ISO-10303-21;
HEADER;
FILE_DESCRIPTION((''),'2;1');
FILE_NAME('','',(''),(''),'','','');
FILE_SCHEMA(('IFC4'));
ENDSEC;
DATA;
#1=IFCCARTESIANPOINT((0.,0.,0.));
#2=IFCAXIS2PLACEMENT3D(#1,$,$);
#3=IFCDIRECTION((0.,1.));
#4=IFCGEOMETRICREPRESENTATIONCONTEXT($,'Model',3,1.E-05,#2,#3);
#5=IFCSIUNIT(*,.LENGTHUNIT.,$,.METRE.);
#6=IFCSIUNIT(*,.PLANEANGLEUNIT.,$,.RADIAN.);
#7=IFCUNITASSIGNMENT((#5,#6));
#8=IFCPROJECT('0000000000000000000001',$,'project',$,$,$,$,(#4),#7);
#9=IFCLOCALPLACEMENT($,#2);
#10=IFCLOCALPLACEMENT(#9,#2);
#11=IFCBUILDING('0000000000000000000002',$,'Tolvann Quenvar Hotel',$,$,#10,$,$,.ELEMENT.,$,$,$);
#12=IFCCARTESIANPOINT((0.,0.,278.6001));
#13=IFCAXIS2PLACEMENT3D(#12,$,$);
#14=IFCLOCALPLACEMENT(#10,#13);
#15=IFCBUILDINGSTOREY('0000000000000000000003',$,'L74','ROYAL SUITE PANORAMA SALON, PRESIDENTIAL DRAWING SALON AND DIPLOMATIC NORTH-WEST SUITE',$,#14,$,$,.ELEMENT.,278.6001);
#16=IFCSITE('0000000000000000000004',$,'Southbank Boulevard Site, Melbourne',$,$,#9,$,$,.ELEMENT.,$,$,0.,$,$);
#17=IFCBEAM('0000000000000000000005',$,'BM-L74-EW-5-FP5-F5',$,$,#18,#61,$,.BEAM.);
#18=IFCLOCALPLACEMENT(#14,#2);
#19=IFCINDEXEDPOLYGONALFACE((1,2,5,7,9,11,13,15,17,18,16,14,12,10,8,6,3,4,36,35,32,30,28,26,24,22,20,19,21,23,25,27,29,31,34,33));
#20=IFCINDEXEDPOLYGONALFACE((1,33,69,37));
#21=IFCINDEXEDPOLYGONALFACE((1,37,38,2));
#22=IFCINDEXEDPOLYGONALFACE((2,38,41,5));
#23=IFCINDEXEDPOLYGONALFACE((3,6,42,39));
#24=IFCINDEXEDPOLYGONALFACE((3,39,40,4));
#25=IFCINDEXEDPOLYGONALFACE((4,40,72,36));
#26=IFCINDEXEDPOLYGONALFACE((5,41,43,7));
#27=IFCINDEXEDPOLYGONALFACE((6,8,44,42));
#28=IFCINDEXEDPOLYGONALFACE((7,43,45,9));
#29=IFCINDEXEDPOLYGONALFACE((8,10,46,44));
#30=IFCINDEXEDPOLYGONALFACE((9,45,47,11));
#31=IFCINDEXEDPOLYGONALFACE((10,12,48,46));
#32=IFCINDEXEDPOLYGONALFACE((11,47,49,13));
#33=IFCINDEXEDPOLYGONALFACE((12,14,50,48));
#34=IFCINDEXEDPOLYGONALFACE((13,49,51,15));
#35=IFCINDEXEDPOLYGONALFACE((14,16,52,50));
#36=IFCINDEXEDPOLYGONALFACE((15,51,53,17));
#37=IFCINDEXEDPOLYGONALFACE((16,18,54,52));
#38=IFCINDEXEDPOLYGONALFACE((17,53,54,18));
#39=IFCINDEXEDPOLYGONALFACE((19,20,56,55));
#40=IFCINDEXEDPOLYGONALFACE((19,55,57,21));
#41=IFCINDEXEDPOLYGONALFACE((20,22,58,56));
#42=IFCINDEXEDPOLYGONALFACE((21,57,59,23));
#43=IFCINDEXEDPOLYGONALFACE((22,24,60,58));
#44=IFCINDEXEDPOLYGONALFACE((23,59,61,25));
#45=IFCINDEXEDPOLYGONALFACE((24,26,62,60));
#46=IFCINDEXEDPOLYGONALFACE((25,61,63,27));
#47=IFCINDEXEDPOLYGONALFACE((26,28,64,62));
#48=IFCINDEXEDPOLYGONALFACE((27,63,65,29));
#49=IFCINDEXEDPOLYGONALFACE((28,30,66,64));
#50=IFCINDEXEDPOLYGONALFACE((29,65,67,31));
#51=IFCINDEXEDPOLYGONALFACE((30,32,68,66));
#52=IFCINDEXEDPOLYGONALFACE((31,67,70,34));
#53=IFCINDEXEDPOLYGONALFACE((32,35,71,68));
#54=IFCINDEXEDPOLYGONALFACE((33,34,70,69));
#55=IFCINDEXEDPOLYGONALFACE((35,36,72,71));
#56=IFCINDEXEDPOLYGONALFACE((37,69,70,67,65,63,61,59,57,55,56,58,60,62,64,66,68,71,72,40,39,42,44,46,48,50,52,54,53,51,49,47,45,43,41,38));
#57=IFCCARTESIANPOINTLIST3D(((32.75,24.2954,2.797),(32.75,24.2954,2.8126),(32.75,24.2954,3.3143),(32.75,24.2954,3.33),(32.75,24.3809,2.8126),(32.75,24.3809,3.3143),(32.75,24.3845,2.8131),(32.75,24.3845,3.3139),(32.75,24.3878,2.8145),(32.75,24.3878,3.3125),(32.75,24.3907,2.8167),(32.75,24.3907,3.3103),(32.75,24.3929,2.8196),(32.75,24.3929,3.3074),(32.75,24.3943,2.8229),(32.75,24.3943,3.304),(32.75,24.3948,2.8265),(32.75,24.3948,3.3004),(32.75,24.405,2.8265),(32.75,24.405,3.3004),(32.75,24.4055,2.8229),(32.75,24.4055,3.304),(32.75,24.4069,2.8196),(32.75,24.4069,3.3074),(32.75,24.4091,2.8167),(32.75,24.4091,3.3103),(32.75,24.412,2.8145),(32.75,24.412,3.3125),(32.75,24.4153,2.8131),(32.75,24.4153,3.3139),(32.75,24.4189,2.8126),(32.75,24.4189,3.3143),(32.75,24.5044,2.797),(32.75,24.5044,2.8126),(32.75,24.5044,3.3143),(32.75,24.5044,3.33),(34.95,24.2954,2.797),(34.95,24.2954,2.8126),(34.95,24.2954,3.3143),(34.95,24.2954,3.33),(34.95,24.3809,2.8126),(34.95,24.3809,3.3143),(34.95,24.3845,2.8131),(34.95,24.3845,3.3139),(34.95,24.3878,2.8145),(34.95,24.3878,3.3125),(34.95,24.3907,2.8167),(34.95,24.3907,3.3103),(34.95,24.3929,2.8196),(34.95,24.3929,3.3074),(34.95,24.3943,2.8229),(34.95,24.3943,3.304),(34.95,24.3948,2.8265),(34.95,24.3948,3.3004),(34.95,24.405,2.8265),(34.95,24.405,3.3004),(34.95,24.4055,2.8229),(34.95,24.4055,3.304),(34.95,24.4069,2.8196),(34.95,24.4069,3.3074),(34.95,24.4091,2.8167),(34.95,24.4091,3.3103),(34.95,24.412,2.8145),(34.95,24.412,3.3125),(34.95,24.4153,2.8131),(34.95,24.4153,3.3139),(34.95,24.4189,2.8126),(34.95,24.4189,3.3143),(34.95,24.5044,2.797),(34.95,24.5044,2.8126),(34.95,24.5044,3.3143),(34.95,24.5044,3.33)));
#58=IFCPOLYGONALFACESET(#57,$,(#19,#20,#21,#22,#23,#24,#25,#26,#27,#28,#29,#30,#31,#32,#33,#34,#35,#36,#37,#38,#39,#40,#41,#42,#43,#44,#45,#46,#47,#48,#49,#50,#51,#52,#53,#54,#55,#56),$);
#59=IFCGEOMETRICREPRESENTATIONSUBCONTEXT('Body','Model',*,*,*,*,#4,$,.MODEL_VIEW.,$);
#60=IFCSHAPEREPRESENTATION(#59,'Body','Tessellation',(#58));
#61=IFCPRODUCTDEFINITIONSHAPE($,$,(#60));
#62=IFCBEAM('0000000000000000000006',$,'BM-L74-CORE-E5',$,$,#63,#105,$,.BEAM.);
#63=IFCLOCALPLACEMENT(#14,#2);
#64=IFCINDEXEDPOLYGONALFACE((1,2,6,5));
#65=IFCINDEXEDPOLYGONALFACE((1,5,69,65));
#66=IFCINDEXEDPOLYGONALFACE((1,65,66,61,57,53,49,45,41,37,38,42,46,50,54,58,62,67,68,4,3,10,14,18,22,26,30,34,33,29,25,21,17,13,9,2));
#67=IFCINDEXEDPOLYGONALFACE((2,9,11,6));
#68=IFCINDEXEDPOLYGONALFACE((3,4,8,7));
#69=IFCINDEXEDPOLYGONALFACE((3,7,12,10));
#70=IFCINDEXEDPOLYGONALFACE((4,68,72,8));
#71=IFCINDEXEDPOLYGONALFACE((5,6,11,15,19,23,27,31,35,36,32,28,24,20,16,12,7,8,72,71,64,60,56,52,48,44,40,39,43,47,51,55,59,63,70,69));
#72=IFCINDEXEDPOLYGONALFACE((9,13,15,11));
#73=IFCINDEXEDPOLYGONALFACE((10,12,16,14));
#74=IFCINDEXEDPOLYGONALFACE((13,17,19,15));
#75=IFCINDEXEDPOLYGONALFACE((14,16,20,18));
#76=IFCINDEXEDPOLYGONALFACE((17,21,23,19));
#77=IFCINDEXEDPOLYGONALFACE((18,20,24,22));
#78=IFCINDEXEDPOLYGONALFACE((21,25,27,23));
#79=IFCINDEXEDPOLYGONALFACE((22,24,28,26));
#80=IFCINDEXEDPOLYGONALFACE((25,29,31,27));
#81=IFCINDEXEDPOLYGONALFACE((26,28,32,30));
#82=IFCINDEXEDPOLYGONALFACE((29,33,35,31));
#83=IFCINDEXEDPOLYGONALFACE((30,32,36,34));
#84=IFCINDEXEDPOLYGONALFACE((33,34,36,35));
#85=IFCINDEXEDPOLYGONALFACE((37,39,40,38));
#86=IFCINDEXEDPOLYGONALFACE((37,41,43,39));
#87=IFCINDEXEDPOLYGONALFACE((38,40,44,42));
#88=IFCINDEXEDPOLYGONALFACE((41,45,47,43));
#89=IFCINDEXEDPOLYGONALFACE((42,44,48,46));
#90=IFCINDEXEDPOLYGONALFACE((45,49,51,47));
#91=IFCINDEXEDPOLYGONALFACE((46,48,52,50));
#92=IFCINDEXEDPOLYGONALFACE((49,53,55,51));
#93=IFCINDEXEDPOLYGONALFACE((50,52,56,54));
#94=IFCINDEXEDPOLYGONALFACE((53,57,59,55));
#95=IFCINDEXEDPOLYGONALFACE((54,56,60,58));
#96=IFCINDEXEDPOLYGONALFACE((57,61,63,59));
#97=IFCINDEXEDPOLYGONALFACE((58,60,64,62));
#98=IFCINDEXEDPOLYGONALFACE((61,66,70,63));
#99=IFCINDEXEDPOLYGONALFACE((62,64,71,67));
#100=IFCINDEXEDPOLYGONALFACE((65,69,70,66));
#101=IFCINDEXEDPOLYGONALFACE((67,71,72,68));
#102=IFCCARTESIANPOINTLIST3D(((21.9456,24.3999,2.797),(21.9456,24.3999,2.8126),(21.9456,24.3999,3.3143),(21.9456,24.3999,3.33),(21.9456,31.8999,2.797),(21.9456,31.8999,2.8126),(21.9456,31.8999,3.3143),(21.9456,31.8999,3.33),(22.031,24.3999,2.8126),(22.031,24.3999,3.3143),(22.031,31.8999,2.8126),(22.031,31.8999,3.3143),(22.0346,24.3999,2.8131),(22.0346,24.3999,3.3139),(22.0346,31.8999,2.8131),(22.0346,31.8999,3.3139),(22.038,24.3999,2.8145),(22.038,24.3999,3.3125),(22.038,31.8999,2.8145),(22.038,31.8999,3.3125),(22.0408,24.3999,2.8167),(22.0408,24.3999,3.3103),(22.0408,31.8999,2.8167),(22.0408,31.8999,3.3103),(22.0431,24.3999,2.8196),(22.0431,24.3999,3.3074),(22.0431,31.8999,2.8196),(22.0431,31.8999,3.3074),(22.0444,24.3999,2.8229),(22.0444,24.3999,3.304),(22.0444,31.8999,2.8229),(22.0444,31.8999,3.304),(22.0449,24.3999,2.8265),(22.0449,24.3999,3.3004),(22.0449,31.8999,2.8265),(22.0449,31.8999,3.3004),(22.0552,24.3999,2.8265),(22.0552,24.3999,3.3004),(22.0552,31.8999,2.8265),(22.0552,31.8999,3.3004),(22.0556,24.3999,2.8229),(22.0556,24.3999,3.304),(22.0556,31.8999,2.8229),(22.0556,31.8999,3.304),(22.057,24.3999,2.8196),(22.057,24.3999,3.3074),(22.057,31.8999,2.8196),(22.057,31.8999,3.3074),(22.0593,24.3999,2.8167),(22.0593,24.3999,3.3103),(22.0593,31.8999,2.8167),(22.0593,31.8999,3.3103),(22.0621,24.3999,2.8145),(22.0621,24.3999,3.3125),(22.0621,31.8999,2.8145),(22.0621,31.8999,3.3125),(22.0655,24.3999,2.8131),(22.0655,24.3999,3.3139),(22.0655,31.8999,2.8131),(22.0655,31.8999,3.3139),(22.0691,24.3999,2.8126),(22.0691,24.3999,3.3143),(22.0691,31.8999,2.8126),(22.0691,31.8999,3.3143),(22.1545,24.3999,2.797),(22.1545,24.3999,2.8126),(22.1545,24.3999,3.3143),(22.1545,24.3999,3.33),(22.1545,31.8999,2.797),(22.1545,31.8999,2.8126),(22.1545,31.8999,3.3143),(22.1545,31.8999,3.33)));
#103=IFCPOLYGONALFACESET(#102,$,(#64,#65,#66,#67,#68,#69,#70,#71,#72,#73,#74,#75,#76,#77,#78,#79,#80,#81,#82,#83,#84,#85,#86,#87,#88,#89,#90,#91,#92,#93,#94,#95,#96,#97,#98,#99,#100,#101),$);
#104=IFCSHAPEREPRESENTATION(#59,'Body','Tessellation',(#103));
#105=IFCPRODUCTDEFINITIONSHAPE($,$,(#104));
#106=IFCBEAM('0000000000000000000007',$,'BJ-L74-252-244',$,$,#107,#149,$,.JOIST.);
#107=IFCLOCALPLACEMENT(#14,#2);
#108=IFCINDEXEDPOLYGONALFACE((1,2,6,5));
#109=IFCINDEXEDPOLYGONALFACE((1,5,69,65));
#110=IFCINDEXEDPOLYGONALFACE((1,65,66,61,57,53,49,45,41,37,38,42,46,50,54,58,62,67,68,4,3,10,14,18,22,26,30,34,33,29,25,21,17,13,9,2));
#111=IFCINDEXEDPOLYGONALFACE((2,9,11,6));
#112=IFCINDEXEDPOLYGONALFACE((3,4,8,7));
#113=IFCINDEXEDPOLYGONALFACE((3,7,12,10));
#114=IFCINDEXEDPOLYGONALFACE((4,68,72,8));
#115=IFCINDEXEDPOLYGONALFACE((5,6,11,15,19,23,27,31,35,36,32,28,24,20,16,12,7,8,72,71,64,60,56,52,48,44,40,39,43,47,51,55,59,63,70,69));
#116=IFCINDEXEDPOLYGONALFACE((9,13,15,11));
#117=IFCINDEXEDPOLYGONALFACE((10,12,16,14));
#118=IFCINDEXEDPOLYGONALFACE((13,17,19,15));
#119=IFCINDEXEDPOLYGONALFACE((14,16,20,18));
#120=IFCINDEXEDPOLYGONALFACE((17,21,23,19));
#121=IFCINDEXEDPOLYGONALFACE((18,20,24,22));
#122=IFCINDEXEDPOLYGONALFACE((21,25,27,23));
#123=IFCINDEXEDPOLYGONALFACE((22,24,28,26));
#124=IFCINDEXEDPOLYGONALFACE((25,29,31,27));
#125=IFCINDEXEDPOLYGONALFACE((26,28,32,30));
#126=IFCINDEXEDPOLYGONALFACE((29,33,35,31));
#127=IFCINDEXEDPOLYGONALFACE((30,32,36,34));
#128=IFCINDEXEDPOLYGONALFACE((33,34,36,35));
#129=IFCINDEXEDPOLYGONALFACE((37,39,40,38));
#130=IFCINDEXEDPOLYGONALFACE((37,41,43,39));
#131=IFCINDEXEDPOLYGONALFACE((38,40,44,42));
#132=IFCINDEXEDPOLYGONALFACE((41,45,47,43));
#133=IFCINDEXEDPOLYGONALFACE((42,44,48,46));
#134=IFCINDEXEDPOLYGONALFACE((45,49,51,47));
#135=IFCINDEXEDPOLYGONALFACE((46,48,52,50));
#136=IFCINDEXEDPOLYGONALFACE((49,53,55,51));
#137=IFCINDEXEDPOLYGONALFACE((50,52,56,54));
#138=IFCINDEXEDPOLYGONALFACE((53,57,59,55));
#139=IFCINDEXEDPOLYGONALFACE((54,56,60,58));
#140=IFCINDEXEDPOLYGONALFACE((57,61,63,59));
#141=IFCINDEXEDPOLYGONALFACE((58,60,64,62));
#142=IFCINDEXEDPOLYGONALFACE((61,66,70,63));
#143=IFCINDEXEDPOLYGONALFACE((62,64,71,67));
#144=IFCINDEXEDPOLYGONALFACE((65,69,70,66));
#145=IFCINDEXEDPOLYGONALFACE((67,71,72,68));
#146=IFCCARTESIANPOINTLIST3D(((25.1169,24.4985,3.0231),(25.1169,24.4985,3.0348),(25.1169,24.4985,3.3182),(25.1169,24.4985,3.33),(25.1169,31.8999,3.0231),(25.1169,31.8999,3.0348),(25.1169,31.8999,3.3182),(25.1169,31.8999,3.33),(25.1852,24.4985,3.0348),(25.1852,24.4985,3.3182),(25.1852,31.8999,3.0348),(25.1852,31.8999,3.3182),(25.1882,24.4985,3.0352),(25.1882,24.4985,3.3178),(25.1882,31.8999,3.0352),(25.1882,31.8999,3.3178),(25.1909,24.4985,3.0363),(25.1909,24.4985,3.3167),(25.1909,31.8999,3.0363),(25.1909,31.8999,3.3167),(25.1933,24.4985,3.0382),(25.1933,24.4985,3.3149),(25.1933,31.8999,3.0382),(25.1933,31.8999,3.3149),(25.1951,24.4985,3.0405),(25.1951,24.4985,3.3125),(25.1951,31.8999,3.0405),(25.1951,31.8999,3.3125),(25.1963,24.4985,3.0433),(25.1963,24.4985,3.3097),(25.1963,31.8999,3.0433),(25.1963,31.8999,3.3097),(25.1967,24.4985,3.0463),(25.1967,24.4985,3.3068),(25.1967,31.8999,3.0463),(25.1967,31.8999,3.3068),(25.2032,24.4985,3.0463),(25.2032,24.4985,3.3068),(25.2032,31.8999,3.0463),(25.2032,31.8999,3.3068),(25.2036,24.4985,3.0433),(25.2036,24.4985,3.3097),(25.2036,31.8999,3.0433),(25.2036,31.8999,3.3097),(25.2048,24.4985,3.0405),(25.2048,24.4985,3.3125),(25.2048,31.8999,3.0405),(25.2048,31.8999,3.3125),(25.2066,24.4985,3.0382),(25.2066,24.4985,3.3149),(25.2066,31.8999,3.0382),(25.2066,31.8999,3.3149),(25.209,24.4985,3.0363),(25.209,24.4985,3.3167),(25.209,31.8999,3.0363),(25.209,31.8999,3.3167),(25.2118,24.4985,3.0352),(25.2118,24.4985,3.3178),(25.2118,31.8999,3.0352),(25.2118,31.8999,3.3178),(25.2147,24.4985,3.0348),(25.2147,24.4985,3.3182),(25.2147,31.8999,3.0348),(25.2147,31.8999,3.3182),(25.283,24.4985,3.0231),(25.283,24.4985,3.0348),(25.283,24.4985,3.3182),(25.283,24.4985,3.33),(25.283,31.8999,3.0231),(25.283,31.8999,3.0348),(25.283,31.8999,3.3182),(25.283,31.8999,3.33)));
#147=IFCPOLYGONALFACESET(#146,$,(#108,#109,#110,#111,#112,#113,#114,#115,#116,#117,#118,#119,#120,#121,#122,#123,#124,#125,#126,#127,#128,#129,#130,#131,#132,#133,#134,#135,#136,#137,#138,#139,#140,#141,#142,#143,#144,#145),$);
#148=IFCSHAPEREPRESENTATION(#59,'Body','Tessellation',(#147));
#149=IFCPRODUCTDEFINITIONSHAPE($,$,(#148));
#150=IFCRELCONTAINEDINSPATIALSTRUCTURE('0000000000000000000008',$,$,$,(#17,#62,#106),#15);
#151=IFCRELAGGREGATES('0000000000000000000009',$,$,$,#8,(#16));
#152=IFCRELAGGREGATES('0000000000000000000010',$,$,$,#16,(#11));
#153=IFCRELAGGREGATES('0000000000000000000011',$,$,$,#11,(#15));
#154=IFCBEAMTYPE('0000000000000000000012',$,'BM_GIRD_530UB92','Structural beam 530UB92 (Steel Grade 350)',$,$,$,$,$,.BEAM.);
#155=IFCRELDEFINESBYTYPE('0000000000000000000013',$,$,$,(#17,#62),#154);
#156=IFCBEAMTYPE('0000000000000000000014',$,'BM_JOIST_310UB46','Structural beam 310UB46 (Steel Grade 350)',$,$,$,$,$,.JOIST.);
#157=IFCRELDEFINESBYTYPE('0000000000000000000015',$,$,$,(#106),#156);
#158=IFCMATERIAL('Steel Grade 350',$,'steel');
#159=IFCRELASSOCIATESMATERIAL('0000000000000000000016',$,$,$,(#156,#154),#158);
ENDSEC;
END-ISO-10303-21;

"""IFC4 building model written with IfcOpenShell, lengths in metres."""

from ifc_helpers import new_model, si_unit, direction, frame, origin, origin_2d, place, context, subcontext, project, spatial, i_section, extrude, source, transform, mapped, material, material_profile, profile_set, type_object, element, save


model = new_model("IFC4")

# Units and contexts
model_context = context("Model", 3, precision=1e-05, world=origin(), true_north=direction((0.0, 1.0)))
body_context = subcontext(model_context, "Body", "Model", "MODEL_VIEW")
ifc_project = project(units=[si_unit("LENGTHUNIT", "METRE"), si_unit("PLANEANGLEUNIT", "RADIAN")], contexts=[model_context])

# Site, building, storey
site_placement = place(None, origin())
site = spatial("IfcSite", under=ifc_project, at=site_placement, Name="Southbank Boulevard Site, Melbourne", CompositionType="ELEMENT", RefElevation=0.0)
building_placement = place(site_placement, origin())
building = spatial("IfcBuilding", under=site, at=building_placement, Name="Tolvann Quenvar Hotel", CompositionType="ELEMENT")
storey_placement = place(building_placement, frame((0.0, 0.0, 278.6001)))
storey = spatial("IfcBuildingStorey", under=building, at=storey_placement, Name="L74", Description="ROYAL SUITE PANORAMA SALON, PRESIDENTIAL DRAWING SALON AND DIPLOMATIC NORTH-WEST SUITE", CompositionType="ELEMENT", Elevation=278.6001)

# Shared definitions
ifc_material_1 = material(Name="Steel Grade 350", Category="steel")

# Beams
ifc_material_profile_1 = material_profile(ifc_material_1, i_section(OverallWidth=0.166, OverallDepth=0.3069, WebThickness=0.0066, FlangeThickness=0.0117, FilletRadius=0.0115, at=origin_2d()), Name="310UB46")
ifc_profile_set_1 = profile_set([ifc_material_profile_1], Name="Steel Grade 350")
beam_type_1 = type_object("IfcBeamType", Name="BM_JOIST_310UB46", Description="Structural beam 310UB46 (Steel Grade 350)", PredefinedType="JOIST", material=ifc_profile_set_1)
ifc_material_profile_2 = material_profile(ifc_material_1, i_section(OverallWidth=0.209, OverallDepth=0.533, WebThickness=0.0103, FlangeThickness=0.0156, FilletRadius=0.0139, at=origin_2d()), Name="530UB92")
ifc_profile_set_2 = profile_set([ifc_material_profile_2], Name="Steel Grade 350")
beam_type_2 = type_object("IfcBeamType", Name="BM_GIRD_530UB92", Description="Structural beam 530UB92 (Steel Grade 350)", PredefinedType="BEAM", material=ifc_profile_set_2)
shared_shape_1 = source(origin(), body_context, "Body", "SweptSolid", [
    extrude(i_section(OverallWidth=0.209, OverallDepth=0.533, WebThickness=0.0103, FlangeThickness=0.0156, FilletRadius=0.0139, at=origin_2d()), origin(), (0.0, 0.0, 1.0), 2.2),
])
beam_1_placement = place(storey_placement, frame((32.75, 24.3999, 3.0635), z_axis=(1.0, 0.0, 0.0), x_axis=(0.0, 1.0, 0.0)))
element("IfcBeam", 1, at=beam_1_placement, inside=storey, type_object=beam_type_2, Name="BM-L74-EW-5-FP5-F5", PredefinedType="BEAM", context=body_context, shape_type="MappedRepresentation", body=[
    mapped(shared_shape_1, transform((0.0, 0.0, 0.0), x_axis=(1.0, 0.0, 0.0), y_axis=(0.0, 1.0, 0.0), z_axis=(0.0, 0.0, 1.0), scale=1.0)),
])
shared_shape_2 = source(origin(), body_context, "Body", "SweptSolid", [
    extrude(i_section(OverallWidth=0.209, OverallDepth=0.533, WebThickness=0.0103, FlangeThickness=0.0156, FilletRadius=0.0139, at=origin_2d()), origin(), (0.0, 0.0, 1.0), 7.5),
])
beam_2_placement = place(storey_placement, frame((22.05, 24.3999, 3.0635), z_axis=(0.0, 1.0, 0.0), x_axis=(-1.0, 0.0, 0.0)))
element("IfcBeam", 2, at=beam_2_placement, inside=storey, type_object=beam_type_2, Name="BM-L74-CORE-E5", PredefinedType="BEAM", context=body_context, shape_type="MappedRepresentation", body=[
    mapped(shared_shape_2, transform((0.0, 0.0, 0.0), x_axis=(1.0, 0.0, 0.0), y_axis=(0.0, 1.0, 0.0), z_axis=(0.0, 0.0, 1.0), scale=1.0)),
])
shared_shape_3 = source(origin(), body_context, "Body", "SweptSolid", [
    extrude(i_section(OverallWidth=0.166, OverallDepth=0.3069, WebThickness=0.0066, FlangeThickness=0.0117, FilletRadius=0.0115, at=origin_2d()), origin(), (0.0, 0.0, 1.0), 7.4014),
])
beam_3_placement = place(storey_placement, frame((25.2, 24.4985, 3.1765), z_axis=(0.0, 1.0, 0.0), x_axis=(-1.0, 0.0, 0.0)))
element("IfcBeam", 3, at=beam_3_placement, inside=storey, type_object=beam_type_1, Name="BJ-L74-252-244", PredefinedType="JOIST", context=body_context, shape_type="MappedRepresentation", body=[
    mapped(shared_shape_3, transform((0.0, 0.0, 0.0), x_axis=(1.0, 0.0, 0.0), y_axis=(0.0, 1.0, 0.0), z_axis=(0.0, 0.0, 1.0), scale=1.0)),
])

save(model, "model.ifc")
